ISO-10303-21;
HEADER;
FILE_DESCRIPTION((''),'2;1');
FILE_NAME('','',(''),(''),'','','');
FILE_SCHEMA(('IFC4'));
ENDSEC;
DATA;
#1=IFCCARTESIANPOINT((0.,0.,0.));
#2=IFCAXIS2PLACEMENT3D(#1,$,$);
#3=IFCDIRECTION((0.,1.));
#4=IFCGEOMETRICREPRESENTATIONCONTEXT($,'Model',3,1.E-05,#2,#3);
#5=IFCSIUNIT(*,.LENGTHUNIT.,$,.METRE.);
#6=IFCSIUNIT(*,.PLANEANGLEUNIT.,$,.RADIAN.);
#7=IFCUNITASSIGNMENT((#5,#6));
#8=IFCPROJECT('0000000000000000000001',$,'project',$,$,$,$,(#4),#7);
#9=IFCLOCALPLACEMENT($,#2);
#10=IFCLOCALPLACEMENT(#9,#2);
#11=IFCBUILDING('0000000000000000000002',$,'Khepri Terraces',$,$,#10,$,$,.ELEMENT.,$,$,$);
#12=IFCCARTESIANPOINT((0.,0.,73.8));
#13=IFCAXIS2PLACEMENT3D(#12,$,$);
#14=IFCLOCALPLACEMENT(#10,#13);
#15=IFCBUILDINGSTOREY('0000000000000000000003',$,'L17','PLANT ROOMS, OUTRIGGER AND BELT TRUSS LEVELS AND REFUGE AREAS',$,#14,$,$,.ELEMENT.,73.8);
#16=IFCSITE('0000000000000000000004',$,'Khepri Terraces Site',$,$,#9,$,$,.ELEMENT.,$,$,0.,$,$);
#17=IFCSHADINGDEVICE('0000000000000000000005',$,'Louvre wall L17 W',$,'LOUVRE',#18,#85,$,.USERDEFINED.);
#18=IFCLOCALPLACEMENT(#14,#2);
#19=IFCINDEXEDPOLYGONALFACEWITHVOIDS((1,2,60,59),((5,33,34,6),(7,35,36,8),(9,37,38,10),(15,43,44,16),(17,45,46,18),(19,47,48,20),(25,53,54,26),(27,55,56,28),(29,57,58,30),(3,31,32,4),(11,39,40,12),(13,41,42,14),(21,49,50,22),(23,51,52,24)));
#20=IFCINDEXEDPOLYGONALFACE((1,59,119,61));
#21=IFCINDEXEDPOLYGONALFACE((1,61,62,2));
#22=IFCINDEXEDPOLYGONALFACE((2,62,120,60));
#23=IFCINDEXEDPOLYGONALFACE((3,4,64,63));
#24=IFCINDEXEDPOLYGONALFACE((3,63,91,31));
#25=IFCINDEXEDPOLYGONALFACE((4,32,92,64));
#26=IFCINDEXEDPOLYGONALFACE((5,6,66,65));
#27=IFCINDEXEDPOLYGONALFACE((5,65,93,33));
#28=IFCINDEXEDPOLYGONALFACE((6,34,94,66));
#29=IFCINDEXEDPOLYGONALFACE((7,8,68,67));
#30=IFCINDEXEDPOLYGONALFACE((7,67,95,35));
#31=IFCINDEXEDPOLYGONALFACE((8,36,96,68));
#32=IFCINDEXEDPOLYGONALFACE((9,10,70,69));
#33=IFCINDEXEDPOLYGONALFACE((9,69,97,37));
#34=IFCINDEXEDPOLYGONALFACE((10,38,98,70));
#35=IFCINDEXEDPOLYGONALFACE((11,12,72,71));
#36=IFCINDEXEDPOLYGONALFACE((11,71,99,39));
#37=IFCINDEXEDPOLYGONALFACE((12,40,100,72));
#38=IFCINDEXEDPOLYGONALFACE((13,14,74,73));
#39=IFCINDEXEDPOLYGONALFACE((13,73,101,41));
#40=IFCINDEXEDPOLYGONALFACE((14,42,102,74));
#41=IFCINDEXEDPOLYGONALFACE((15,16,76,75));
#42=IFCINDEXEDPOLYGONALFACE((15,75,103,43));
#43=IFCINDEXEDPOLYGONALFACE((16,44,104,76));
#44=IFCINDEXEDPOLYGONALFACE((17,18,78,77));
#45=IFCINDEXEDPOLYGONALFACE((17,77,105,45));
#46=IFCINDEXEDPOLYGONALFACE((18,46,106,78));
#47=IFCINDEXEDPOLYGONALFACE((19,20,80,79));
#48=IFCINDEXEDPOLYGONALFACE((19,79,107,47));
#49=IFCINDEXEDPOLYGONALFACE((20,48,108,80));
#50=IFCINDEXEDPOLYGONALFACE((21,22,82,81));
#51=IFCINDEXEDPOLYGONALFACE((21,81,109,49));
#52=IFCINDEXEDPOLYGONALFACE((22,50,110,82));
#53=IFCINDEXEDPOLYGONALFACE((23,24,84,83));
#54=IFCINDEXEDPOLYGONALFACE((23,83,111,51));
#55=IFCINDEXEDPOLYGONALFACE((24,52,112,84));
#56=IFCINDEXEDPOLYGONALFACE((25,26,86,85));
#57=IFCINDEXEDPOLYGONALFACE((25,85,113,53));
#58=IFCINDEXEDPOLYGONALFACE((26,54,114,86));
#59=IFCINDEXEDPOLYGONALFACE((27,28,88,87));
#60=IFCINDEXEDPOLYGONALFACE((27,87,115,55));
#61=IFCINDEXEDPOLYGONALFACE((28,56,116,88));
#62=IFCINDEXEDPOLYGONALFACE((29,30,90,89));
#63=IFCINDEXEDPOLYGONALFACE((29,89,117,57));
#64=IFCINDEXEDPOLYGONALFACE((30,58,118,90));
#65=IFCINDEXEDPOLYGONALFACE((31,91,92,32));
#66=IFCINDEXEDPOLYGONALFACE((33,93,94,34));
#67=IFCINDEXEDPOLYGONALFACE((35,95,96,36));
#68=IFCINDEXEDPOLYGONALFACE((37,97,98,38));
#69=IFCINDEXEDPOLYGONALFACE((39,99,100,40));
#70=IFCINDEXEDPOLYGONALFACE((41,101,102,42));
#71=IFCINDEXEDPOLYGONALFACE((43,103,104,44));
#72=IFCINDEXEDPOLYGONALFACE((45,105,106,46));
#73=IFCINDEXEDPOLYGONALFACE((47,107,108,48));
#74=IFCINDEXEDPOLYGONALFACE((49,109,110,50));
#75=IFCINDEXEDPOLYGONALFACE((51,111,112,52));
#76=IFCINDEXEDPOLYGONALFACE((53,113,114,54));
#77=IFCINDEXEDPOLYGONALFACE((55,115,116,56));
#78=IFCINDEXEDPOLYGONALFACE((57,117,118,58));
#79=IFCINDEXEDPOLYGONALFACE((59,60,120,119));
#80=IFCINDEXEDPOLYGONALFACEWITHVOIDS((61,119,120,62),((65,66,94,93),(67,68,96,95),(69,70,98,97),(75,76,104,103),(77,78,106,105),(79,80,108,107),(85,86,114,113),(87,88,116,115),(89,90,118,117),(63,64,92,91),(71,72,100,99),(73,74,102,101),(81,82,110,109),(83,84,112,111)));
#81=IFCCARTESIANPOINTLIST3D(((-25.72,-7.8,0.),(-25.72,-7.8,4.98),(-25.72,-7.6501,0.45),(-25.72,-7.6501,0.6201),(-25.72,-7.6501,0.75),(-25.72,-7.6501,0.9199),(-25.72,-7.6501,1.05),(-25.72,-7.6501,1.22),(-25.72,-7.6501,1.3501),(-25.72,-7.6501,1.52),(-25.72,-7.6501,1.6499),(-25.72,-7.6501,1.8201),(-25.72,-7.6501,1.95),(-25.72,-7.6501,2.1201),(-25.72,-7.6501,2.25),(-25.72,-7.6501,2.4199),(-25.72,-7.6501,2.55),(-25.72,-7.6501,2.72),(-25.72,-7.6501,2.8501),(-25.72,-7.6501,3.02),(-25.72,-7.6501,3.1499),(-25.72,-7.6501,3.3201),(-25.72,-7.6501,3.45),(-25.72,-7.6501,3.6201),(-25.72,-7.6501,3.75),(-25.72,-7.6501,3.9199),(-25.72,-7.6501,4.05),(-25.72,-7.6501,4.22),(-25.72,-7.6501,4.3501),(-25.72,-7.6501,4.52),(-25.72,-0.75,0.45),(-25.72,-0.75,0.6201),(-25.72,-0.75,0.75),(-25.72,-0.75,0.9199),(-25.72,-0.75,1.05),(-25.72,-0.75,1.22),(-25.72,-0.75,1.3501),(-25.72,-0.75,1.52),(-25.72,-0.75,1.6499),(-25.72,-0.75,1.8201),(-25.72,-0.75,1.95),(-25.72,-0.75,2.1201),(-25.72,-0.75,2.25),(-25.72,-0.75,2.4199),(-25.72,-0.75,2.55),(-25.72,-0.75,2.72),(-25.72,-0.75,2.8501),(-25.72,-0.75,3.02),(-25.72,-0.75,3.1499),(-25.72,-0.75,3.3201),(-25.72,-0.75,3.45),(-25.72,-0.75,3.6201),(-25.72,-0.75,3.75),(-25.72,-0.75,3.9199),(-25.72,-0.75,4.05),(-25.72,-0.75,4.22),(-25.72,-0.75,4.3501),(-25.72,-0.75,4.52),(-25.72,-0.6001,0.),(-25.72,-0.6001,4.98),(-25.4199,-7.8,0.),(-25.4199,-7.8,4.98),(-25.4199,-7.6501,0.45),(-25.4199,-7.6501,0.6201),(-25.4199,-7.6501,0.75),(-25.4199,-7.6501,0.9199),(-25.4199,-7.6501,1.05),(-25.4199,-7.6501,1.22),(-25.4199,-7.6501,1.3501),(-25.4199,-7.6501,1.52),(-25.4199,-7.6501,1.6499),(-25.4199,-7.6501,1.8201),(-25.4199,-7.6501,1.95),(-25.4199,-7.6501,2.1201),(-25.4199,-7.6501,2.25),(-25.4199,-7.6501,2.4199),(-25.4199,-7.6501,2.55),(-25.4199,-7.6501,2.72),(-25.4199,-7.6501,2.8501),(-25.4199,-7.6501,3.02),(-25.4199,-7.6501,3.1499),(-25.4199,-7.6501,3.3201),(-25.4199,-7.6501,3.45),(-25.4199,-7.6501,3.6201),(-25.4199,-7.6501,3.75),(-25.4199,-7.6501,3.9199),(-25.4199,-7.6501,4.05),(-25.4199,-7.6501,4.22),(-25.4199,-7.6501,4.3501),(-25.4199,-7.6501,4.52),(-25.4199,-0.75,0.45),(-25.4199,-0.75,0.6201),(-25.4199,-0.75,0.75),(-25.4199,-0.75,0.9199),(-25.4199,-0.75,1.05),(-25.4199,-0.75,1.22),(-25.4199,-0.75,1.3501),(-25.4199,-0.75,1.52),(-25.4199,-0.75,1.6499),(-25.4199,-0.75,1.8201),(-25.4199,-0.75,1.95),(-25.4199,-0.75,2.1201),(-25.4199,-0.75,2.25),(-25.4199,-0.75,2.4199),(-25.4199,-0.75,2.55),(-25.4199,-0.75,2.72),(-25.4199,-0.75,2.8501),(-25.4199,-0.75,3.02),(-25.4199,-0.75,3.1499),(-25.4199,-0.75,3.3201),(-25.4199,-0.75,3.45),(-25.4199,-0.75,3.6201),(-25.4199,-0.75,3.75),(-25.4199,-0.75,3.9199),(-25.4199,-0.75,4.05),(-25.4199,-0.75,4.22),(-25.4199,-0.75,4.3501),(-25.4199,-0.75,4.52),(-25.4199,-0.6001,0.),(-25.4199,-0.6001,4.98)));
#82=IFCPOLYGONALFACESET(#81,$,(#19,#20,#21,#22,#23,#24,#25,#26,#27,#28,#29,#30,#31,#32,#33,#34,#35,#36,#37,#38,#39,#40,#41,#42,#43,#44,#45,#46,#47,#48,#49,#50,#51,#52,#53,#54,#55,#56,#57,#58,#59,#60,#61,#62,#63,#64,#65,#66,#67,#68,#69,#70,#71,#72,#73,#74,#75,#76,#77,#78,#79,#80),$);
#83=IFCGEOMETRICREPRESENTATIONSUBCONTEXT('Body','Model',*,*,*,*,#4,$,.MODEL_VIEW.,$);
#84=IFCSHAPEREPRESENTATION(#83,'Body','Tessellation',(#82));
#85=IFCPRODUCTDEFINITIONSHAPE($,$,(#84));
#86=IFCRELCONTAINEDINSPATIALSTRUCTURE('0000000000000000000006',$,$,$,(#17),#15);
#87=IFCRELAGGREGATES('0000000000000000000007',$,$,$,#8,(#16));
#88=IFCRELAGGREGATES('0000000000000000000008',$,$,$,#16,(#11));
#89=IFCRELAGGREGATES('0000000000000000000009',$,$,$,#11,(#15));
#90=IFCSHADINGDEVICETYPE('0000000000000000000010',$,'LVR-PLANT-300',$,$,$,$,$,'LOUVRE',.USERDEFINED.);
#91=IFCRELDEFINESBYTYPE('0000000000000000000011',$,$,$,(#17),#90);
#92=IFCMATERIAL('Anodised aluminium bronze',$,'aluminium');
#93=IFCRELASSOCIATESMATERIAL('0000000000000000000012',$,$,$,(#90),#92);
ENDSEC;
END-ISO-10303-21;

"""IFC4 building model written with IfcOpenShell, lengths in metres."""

from ifc_helpers import new_model, si_unit, direction, frame, origin, place, context, subcontext, project, spatial, polyline, outline, extrude, material, type_object, element, save


model = new_model("IFC4")

# Units and contexts
model_context = context("Model", 3, precision=1e-05, world=origin(), true_north=direction((0.0, 1.0)))
body_context = subcontext(model_context, "Body", "Model", "MODEL_VIEW")
ifc_project = project(units=[si_unit("LENGTHUNIT", "METRE"), si_unit("PLANEANGLEUNIT", "RADIAN")], contexts=[model_context])

# Site, building, storey
site_placement = place(None, origin())
site = spatial("IfcSite", under=ifc_project, at=site_placement, Name="Khepri Terraces Site", CompositionType="ELEMENT", RefElevation=0.0)
building_placement = place(site_placement, origin())
building = spatial("IfcBuilding", under=site, at=building_placement, Name="Khepri Terraces", CompositionType="ELEMENT")
storey_placement = place(building_placement, frame((0.0, 0.0, 73.8)))
storey = spatial("IfcBuildingStorey", under=building, at=storey_placement, Name="L17", Description="PLANT ROOMS, OUTRIGGER AND BELT TRUSS LEVELS AND REFUGE AREAS", CompositionType="ELEMENT", Elevation=73.8)

# Shading device
ifc_material_1 = material(Name="Anodised aluminium bronze", Category="aluminium")
shading_device_type = type_object("IfcShadingDeviceType", Name="LVR-PLANT-300", ElementType="LOUVRE", PredefinedType="USERDEFINED", material=ifc_material_1)
shading_device_1_placement = place(storey_placement, frame((-25.4199, -0.6001, 0.0), z_axis=(-1.0, 0.0, 0.0), x_axis=(0.0, -1.0, 0.0)))
element("IfcShadingDevice", 1, at=shading_device_1_placement, inside=storey, type_object=shading_device_type, Name="Louvre wall L17 W", ObjectType="LOUVRE", PredefinedType="USERDEFINED", context=body_context, shape_type="SweptSolid", body=[
    extrude(outline(polyline([(0.0, 0.0), (7.2, 0.0), (7.2, 4.98), (0.0, 4.98), (0.0, 0.0)]), holes=[polyline([(0.1499, 0.45), (7.05, 0.45), (7.05, 0.6201), (0.1499, 0.6201), (0.1499, 0.45)]), polyline([(0.1499, 0.75), (7.05, 0.75), (7.05, 0.9199), (0.1499, 0.9199), (0.1499, 0.75)]), polyline([(0.1499, 1.05), (7.05, 1.05), (7.05, 1.22), (0.1499, 1.22), (0.1499, 1.05)]), polyline([(0.1499, 1.3501), (7.05, 1.3501), (7.05, 1.52), (0.1499, 1.52), (0.1499, 1.3501)]), polyline([(0.1499, 1.6499), (7.05, 1.6499), (7.05, 1.8201), (0.1499, 1.8201), (0.1499, 1.6499)]), polyline([(0.1499, 1.95), (7.05, 1.95), (7.05, 2.1201), (0.1499, 2.1201), (0.1499, 1.95)]), polyline([(0.1499, 2.25), (7.05, 2.25), (7.05, 2.4199), (0.1499, 2.4199), (0.1499, 2.25)]), polyline([(0.1499, 2.55), (7.05, 2.55), (7.05, 2.72), (0.1499, 2.72), (0.1499, 2.55)]), polyline([(0.1499, 2.8501), (7.05, 2.8501), (7.05, 3.02), (0.1499, 3.02), (0.1499, 2.8501)]), polyline([(0.1499, 3.1499), (7.05, 3.1499), (7.05, 3.3201), (0.1499, 3.3201), (0.1499, 3.1499)]), polyline([(0.1499, 3.45), (7.05, 3.45), (7.05, 3.6201), (0.1499, 3.6201), (0.1499, 3.45)]), polyline([(0.1499, 3.75), (7.05, 3.75), (7.05, 3.9199), (0.1499, 3.9199), (0.1499, 3.75)]), polyline([(0.1499, 4.05), (7.05, 4.05), (7.05, 4.22), (0.1499, 4.22), (0.1499, 4.05)]), polyline([(0.1499, 4.3501), (7.05, 4.3501), (7.05, 4.52), (0.1499, 4.52), (0.1499, 4.3501)])]), origin(), (0.0, 0.0, 1.0), 0.3),
])

save(model, "model.ifc")
